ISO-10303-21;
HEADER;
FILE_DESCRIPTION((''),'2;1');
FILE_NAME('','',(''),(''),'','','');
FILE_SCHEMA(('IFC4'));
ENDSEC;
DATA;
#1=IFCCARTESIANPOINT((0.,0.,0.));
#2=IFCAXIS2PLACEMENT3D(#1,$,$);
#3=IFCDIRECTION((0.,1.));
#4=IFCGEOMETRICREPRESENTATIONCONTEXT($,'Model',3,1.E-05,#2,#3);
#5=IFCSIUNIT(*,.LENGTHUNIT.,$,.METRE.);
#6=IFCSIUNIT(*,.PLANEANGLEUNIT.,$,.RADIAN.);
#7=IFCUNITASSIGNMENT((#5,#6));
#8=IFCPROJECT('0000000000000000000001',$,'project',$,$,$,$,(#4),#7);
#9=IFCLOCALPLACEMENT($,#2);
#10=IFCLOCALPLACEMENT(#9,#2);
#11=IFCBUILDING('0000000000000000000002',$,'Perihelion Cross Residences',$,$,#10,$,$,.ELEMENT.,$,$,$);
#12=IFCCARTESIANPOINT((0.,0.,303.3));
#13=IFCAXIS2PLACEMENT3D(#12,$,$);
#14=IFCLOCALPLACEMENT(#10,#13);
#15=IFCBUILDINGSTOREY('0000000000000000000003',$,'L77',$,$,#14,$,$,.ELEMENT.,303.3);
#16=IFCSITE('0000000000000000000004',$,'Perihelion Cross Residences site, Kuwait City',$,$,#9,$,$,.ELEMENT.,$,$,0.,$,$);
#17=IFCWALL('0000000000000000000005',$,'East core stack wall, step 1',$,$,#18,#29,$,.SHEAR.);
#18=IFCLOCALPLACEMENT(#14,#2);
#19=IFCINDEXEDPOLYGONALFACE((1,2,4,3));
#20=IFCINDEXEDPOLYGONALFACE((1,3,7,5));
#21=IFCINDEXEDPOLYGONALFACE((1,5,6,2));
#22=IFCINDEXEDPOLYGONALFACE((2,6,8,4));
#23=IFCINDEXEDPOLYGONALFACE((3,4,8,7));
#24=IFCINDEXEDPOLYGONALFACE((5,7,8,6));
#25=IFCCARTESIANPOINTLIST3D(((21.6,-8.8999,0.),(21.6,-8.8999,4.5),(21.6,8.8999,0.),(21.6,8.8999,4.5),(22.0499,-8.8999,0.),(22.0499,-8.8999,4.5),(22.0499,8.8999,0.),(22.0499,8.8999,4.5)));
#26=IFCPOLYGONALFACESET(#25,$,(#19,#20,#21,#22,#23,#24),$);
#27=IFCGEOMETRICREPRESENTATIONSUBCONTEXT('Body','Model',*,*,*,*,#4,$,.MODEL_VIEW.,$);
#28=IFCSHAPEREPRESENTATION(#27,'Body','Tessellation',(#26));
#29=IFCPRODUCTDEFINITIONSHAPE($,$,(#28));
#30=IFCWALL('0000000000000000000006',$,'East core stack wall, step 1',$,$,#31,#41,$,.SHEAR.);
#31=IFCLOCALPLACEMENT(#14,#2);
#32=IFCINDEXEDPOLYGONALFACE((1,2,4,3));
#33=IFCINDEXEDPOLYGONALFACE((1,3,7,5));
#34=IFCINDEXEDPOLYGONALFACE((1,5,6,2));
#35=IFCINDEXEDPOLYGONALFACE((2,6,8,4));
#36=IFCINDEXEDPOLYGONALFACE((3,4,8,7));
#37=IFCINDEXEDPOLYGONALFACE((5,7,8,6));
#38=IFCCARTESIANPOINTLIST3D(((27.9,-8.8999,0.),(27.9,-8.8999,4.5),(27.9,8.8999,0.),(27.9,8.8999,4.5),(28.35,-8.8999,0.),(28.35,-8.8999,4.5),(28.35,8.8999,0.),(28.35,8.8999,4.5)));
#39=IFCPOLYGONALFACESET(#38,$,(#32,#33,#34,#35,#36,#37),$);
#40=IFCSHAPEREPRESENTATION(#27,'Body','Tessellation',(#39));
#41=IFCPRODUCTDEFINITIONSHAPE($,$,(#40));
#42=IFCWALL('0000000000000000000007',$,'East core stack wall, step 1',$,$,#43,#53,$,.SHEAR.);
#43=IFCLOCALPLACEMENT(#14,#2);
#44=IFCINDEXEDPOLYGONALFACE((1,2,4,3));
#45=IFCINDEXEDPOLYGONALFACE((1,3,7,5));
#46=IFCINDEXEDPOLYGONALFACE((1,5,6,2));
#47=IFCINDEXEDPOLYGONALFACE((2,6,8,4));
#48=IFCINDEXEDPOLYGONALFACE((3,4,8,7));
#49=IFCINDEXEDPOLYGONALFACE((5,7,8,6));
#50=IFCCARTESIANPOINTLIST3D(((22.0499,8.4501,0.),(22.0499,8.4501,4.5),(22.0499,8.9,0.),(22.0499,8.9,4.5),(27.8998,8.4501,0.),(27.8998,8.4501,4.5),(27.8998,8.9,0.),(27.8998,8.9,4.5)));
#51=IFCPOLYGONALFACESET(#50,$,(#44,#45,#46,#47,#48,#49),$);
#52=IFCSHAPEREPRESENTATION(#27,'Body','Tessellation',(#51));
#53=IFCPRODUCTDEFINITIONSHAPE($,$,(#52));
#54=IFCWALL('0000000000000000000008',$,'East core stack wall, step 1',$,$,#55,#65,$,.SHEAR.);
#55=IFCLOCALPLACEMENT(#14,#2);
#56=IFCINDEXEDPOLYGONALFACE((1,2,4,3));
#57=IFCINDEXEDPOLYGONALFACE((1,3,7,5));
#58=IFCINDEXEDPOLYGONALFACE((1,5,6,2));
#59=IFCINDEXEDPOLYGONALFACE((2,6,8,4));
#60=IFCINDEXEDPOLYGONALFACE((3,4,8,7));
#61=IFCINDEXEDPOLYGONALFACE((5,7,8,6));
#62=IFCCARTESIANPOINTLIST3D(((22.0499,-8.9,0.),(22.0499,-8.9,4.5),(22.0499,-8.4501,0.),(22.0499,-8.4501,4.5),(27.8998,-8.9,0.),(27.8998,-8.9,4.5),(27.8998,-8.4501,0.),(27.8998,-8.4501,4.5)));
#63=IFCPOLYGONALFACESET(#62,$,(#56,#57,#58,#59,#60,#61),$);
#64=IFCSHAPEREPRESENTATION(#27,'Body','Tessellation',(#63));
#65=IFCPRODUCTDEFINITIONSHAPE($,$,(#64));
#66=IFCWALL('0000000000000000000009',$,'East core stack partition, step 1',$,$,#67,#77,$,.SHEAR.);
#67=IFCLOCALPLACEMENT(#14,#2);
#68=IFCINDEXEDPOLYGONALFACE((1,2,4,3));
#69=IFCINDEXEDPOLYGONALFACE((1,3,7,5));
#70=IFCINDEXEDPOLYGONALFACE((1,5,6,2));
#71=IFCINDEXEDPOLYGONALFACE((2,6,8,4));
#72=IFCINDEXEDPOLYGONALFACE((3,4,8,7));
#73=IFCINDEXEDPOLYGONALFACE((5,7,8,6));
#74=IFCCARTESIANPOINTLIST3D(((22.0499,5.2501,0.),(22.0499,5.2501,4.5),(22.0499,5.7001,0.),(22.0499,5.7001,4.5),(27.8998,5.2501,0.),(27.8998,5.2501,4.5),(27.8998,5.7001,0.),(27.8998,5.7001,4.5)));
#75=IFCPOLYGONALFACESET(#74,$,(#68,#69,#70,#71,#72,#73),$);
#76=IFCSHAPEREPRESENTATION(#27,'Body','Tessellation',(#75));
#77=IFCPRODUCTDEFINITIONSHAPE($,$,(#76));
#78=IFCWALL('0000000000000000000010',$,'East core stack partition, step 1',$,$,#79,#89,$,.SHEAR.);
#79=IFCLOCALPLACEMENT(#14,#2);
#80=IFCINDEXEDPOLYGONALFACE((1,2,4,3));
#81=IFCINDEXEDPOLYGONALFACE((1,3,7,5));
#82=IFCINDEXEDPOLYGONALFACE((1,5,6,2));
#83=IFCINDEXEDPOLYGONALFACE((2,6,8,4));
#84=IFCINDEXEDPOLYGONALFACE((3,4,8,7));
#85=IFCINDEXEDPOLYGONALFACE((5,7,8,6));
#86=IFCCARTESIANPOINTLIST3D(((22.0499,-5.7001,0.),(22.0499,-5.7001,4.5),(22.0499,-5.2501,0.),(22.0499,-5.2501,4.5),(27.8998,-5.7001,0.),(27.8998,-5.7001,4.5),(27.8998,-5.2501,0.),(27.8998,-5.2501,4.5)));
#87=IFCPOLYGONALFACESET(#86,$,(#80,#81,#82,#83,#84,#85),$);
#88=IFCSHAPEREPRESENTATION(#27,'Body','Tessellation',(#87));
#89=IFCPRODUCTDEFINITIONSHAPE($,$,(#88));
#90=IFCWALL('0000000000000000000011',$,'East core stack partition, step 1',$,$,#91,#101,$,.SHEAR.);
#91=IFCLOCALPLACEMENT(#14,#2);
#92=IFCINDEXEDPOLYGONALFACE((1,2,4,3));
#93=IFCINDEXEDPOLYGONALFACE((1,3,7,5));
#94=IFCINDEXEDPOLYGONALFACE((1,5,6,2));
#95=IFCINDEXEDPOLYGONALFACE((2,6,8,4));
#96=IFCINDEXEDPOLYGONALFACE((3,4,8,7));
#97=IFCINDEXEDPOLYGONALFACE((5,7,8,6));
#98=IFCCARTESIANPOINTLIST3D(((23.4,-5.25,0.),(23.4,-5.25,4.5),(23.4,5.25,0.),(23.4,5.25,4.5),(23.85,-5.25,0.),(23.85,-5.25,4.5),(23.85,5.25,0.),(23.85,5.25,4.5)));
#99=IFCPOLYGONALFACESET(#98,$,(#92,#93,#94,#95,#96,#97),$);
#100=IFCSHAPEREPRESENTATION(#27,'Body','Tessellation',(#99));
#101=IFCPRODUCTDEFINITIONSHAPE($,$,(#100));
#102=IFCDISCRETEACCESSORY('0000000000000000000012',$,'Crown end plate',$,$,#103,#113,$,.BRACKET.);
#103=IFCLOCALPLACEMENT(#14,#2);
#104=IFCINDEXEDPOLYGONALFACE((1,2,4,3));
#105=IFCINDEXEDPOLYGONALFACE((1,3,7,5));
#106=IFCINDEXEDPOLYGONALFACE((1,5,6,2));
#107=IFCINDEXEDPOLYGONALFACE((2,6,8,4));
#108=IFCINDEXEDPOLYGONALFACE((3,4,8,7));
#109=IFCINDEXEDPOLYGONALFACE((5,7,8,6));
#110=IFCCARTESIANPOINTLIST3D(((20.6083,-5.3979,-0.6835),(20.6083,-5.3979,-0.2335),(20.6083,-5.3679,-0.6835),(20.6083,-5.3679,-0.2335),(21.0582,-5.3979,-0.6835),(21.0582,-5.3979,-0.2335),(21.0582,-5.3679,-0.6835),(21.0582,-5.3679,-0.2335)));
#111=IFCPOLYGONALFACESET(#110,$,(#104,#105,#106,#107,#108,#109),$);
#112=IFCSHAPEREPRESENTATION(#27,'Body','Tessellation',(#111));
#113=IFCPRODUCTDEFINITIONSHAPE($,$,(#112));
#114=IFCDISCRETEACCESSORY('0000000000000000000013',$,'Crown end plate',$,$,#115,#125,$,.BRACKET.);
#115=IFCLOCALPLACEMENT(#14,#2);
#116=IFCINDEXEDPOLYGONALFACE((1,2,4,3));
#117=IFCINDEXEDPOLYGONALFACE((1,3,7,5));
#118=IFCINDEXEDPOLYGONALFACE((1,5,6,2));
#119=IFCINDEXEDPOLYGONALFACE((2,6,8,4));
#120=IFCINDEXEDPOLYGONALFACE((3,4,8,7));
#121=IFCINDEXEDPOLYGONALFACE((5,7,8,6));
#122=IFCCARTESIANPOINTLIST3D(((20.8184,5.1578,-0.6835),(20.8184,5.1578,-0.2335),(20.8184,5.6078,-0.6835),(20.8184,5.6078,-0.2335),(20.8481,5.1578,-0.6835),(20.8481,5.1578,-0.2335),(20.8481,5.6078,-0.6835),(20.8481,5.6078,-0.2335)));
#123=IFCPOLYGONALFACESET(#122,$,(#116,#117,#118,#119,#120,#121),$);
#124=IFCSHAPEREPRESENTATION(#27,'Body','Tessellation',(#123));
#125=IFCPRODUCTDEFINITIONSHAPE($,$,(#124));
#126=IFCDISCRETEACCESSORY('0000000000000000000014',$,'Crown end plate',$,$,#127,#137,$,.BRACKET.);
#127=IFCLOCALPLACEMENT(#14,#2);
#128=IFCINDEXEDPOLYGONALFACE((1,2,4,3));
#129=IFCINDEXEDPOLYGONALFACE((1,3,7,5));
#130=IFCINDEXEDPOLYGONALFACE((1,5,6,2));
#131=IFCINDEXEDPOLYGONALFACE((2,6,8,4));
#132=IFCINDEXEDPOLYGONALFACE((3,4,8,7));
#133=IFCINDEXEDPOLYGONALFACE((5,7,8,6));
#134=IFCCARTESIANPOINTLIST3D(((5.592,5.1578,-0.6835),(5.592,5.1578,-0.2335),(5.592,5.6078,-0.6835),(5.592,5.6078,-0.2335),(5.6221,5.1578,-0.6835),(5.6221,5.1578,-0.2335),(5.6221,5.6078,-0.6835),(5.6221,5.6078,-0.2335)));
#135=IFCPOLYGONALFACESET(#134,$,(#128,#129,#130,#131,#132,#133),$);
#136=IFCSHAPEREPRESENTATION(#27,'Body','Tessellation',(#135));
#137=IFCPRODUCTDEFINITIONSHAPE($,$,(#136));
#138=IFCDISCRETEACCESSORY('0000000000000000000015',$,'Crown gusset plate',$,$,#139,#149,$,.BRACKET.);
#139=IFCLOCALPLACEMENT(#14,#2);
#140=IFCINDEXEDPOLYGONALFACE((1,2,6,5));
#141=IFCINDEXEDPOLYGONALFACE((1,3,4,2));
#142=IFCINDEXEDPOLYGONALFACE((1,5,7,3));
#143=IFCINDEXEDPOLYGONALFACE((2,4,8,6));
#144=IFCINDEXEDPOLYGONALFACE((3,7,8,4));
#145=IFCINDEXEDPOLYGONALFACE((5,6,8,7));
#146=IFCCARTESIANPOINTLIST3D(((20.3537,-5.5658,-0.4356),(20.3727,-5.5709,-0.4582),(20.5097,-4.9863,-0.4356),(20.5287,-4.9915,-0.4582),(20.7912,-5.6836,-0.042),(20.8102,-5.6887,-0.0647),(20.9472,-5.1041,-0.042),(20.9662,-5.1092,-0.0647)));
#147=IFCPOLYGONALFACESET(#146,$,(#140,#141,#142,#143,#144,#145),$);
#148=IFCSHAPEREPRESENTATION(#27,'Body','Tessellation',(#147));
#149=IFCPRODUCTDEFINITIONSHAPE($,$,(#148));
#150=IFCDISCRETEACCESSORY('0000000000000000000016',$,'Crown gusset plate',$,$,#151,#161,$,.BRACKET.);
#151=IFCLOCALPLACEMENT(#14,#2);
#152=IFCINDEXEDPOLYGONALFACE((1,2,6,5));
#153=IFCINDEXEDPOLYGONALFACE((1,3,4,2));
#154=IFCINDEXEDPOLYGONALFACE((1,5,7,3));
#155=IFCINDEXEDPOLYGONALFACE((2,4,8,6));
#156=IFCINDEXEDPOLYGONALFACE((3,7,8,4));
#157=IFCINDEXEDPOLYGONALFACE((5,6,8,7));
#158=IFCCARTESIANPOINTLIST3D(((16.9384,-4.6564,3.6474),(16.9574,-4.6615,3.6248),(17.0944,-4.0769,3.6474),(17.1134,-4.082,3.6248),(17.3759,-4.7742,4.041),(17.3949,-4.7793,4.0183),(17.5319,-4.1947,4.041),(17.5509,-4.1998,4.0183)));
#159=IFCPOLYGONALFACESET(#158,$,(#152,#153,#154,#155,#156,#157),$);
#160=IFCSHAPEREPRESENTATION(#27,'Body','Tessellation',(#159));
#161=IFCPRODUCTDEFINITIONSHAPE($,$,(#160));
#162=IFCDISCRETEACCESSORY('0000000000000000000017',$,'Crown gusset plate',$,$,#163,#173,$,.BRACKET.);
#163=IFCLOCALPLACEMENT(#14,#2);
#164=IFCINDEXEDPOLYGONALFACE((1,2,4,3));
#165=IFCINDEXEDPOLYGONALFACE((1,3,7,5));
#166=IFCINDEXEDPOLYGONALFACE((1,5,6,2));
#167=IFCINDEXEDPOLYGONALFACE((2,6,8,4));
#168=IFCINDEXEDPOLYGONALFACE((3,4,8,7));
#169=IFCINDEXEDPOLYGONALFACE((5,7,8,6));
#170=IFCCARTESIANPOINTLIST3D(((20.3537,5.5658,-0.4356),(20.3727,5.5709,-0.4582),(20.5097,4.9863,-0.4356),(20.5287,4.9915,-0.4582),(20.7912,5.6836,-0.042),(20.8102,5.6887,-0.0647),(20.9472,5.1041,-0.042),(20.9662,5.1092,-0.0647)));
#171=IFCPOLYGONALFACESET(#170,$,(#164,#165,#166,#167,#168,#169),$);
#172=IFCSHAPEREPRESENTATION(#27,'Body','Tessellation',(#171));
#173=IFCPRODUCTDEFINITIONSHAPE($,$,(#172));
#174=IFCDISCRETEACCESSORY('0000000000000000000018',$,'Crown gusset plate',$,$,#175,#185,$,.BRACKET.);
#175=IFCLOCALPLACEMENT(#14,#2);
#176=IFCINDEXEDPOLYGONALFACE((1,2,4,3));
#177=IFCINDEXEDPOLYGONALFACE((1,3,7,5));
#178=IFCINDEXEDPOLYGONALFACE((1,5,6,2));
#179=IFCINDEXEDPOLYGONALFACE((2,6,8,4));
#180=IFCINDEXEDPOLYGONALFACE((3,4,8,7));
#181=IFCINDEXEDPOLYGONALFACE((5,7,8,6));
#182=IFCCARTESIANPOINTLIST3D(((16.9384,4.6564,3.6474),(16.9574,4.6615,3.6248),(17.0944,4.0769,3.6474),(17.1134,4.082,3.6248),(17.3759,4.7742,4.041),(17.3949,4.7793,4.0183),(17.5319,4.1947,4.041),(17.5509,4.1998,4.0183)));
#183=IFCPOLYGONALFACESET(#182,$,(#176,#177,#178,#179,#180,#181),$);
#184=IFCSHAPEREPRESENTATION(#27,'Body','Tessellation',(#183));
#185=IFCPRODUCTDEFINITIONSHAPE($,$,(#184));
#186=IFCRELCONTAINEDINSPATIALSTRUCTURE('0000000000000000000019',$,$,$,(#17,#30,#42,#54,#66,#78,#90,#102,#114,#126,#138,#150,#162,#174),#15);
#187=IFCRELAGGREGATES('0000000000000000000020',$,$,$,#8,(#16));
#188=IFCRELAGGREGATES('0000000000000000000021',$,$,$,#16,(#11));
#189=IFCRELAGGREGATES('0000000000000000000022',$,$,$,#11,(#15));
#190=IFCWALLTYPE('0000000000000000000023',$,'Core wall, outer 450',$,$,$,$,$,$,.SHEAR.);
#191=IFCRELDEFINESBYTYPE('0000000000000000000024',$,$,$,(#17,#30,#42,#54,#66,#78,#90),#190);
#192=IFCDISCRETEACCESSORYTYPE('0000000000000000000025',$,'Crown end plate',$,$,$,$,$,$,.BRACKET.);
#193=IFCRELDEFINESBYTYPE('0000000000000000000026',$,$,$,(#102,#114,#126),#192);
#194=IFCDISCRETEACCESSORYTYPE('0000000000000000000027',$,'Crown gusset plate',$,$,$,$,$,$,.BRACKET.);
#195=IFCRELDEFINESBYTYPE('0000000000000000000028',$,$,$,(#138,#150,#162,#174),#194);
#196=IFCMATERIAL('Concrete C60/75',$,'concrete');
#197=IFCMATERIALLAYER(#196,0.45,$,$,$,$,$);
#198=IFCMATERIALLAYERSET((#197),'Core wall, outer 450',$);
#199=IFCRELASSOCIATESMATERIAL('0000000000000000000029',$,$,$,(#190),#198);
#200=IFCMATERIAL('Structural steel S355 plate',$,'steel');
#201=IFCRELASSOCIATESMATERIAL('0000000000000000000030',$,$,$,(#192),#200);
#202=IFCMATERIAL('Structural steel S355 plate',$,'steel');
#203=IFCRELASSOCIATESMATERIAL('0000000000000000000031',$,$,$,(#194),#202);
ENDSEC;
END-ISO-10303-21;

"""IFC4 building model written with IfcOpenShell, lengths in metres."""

from ifc_helpers import new_model, si_unit, direction, frame, frame_2d, origin, origin_2d, place, context, subcontext, project, spatial, rectangle, extrude, material, layer, layer_set, material_profile, profile_set, type_object, element, save


model = new_model("IFC4")

# Units and contexts
model_context = context("Model", 3, precision=1e-05, world=origin(), true_north=direction((0.0, 1.0)))
body_context = subcontext(model_context, "Body", "Model", "MODEL_VIEW")
ifc_project = project(units=[si_unit("LENGTHUNIT", "METRE"), si_unit("PLANEANGLEUNIT", "RADIAN")], contexts=[model_context])

# Site, building, storey
site_placement = place(None, origin())
site = spatial("IfcSite", under=ifc_project, at=site_placement, Name="Perihelion Cross Residences site, Kuwait City", CompositionType="ELEMENT", RefElevation=0.0)
building_placement = place(site_placement, origin())
building = spatial("IfcBuilding", under=site, at=building_placement, Name="Perihelion Cross Residences", CompositionType="ELEMENT")
storey_placement = place(building_placement, frame((0.0, 0.0, 303.3)))
storey = spatial("IfcBuildingStorey", under=building, at=storey_placement, Name="L77", CompositionType="ELEMENT", Elevation=303.3)

# Walls
ifc_material_1 = material(Name="Concrete C60/75", Category="concrete")
ifc_layer_1 = layer(ifc_material_1, 0.45)
ifc_layer_set_1 = layer_set([ifc_layer_1], Name="Core wall, outer 450")
wall_type = type_object("IfcWallType", Name="Core wall, outer 450", PredefinedType="SHEAR", material=ifc_layer_set_1)
for number, where, z_axis, x_axis, name in (
    (1, (21.825, -8.8999, 0.0), (0.0, 0.0, 1.0), (0.0, 1.0, 0.0), "East core stack wall, step 1"),
    (2, (28.125, -8.8999, 0.0), (0.0, 0.0, 1.0), (0.0, 1.0, 0.0), "East core stack wall, step 1"),
):
    element("IfcWall", number, at=place(storey_placement, frame(where, z_axis=z_axis, x_axis=x_axis)), inside=storey, type_object=wall_type, Name=name, PredefinedType="SHEAR", context=body_context, shape_type="SweptSolid", body=[
        extrude(rectangle(XDim=17.7998, YDim=0.45, at=frame_2d((8.8999, 0.0))), origin(), (0.0, 0.0, 1.0), 4.5),
    ])
for number, where, z_axis, x_axis, name in (
    (3, (22.05, 8.675, 0.0), (0.0, 0.0, 1.0), (1.0, 0.0, 0.0), "East core stack wall, step 1"),
    (4, (22.05, -8.675, 0.0), (0.0, 0.0, 1.0), (1.0, 0.0, 0.0), "East core stack wall, step 1"),
    (5, (22.05, 5.4751, 0.0), (0.0, 0.0, 1.0), (1.0, 0.0, 0.0), "East core stack partition, step 1"),
    (6, (22.05, -5.4751, 0.0), (0.0, 0.0, 1.0), (1.0, 0.0, 0.0), "East core stack partition, step 1"),
):
    element("IfcWall", number, at=place(storey_placement, frame(where, z_axis=z_axis, x_axis=x_axis)), inside=storey, type_object=wall_type, Name=name, PredefinedType="SHEAR", context=body_context, shape_type="SweptSolid", body=[
        extrude(rectangle(XDim=5.8499, YDim=0.45, at=frame_2d((2.9248, 0.0))), origin(), (0.0, 0.0, 1.0), 4.5),
    ])
wall_placement = place(storey_placement, frame((23.625, -5.25, 0.0), z_axis=(0.0, 0.0, 1.0), x_axis=(0.0, 1.0, 0.0)))
element("IfcWall", 7, at=wall_placement, inside=storey, type_object=wall_type, Name="East core stack partition, step 1", PredefinedType="SHEAR", context=body_context, shape_type="SweptSolid", body=[
    extrude(rectangle(XDim=10.5, YDim=0.45, at=frame_2d((5.25, 0.0))), origin(), (0.0, 0.0, 1.0), 4.5),
])

# Discrete accessories
ifc_material_2 = material(Name="Structural steel S355 plate", Category="steel")
ifc_material_profile_1 = material_profile(ifc_material_2, rectangle(XDim=0.45, YDim=0.45, at=origin_2d()), Name="Crown end plate")
ifc_profile_set_1 = profile_set([ifc_material_profile_1], Name="Structural steel S355 plate")
discrete_accessory_type_1 = type_object("IfcDiscreteAccessoryType", Name="Crown end plate", PredefinedType="BRACKET", material=ifc_profile_set_1)
discrete_accessory_1_placement = place(storey_placement, frame((20.8333, -5.3979, -0.4585), z_axis=(0.0, 1.0, 0.0), x_axis=(-1.0, 0.0, 0.0)))
element("IfcDiscreteAccessory", 8, at=discrete_accessory_1_placement, inside=storey, type_object=discrete_accessory_type_1, Name="Crown end plate", PredefinedType="BRACKET", context=body_context, shape_type="SweptSolid", body=[
    extrude(rectangle(XDim=0.45, YDim=0.45, at=origin_2d()), origin(), (0.0, 0.0, 1.0), 0.03),
])
discrete_accessory_2_placement = place(storey_placement, frame((20.8481, 5.3828, -0.4585), z_axis=(-1.0, 0.0, 0.0), x_axis=(0.0, -1.0, 0.0)))
element("IfcDiscreteAccessory", 9, at=discrete_accessory_2_placement, inside=storey, type_object=discrete_accessory_type_1, Name="Crown end plate", PredefinedType="BRACKET", context=body_context, shape_type="SweptSolid", body=[
    extrude(rectangle(XDim=0.45, YDim=0.45, at=origin_2d()), origin(), (0.0, 0.0, 1.0), 0.0298),
])
discrete_accessory_3_placement = place(storey_placement, frame((5.6221, 5.3828, -0.4585), z_axis=(-1.0, 0.0, 0.0), x_axis=(0.0, -1.0, 0.0)))
element("IfcDiscreteAccessory", 10, at=discrete_accessory_3_placement, inside=storey, type_object=discrete_accessory_type_1, Name="Crown end plate", PredefinedType="BRACKET", context=body_context, shape_type="SweptSolid", body=[
    extrude(rectangle(XDim=0.45, YDim=0.45, at=origin_2d()), origin(), (0.0, 0.0, 1.0), 0.03),
])
ifc_material_3 = material(Name="Structural steel S355 plate", Category="steel")
ifc_material_profile_2 = material_profile(ifc_material_3, rectangle(XDim=0.6001, YDim=0.6001, at=origin_2d()), Name="Crown gusset plate")
ifc_profile_set_2 = profile_set([ifc_material_profile_2], Name="Structural steel S355 plate")
discrete_accessory_type_2 = type_object("IfcDiscreteAccessoryType", Name="Crown gusset plate", PredefinedType="BRACKET", material=ifc_profile_set_2)
for number, where, z_axis, x_axis, name in (
    (11, (20.6694, -5.3401, -0.2615), (-0.633205, 0.170478, 0.754976), (-0.259973, -0.965616, 0.0), "Crown gusset plate"),
    (12, (17.2542, -4.4307, 3.8215), (-0.633205, 0.170478, 0.754976), (-0.259973, -0.965616, 0.0), "Crown gusset plate"),
    (13, (20.6694, 5.3401, -0.2615), (-0.633205, -0.170478, 0.754976), (0.259973, -0.965616, 0.0), "Crown gusset plate"),
    (14, (17.2542, 4.4307, 3.8215), (-0.633205, -0.170478, 0.754976), (0.259973, -0.965616, 0.0), "Crown gusset plate"),
):
    element("IfcDiscreteAccessory", number, at=place(storey_placement, frame(where, z_axis=z_axis, x_axis=x_axis)), inside=storey, type_object=discrete_accessory_type_2, Name=name, PredefinedType="BRACKET", context=body_context, shape_type="SweptSolid", body=[
        extrude(rectangle(XDim=0.6001, YDim=0.6001, at=origin_2d()), origin(), (0.0, 0.0, 1.0), 0.03),
    ])

save(model, "model.ifc")
